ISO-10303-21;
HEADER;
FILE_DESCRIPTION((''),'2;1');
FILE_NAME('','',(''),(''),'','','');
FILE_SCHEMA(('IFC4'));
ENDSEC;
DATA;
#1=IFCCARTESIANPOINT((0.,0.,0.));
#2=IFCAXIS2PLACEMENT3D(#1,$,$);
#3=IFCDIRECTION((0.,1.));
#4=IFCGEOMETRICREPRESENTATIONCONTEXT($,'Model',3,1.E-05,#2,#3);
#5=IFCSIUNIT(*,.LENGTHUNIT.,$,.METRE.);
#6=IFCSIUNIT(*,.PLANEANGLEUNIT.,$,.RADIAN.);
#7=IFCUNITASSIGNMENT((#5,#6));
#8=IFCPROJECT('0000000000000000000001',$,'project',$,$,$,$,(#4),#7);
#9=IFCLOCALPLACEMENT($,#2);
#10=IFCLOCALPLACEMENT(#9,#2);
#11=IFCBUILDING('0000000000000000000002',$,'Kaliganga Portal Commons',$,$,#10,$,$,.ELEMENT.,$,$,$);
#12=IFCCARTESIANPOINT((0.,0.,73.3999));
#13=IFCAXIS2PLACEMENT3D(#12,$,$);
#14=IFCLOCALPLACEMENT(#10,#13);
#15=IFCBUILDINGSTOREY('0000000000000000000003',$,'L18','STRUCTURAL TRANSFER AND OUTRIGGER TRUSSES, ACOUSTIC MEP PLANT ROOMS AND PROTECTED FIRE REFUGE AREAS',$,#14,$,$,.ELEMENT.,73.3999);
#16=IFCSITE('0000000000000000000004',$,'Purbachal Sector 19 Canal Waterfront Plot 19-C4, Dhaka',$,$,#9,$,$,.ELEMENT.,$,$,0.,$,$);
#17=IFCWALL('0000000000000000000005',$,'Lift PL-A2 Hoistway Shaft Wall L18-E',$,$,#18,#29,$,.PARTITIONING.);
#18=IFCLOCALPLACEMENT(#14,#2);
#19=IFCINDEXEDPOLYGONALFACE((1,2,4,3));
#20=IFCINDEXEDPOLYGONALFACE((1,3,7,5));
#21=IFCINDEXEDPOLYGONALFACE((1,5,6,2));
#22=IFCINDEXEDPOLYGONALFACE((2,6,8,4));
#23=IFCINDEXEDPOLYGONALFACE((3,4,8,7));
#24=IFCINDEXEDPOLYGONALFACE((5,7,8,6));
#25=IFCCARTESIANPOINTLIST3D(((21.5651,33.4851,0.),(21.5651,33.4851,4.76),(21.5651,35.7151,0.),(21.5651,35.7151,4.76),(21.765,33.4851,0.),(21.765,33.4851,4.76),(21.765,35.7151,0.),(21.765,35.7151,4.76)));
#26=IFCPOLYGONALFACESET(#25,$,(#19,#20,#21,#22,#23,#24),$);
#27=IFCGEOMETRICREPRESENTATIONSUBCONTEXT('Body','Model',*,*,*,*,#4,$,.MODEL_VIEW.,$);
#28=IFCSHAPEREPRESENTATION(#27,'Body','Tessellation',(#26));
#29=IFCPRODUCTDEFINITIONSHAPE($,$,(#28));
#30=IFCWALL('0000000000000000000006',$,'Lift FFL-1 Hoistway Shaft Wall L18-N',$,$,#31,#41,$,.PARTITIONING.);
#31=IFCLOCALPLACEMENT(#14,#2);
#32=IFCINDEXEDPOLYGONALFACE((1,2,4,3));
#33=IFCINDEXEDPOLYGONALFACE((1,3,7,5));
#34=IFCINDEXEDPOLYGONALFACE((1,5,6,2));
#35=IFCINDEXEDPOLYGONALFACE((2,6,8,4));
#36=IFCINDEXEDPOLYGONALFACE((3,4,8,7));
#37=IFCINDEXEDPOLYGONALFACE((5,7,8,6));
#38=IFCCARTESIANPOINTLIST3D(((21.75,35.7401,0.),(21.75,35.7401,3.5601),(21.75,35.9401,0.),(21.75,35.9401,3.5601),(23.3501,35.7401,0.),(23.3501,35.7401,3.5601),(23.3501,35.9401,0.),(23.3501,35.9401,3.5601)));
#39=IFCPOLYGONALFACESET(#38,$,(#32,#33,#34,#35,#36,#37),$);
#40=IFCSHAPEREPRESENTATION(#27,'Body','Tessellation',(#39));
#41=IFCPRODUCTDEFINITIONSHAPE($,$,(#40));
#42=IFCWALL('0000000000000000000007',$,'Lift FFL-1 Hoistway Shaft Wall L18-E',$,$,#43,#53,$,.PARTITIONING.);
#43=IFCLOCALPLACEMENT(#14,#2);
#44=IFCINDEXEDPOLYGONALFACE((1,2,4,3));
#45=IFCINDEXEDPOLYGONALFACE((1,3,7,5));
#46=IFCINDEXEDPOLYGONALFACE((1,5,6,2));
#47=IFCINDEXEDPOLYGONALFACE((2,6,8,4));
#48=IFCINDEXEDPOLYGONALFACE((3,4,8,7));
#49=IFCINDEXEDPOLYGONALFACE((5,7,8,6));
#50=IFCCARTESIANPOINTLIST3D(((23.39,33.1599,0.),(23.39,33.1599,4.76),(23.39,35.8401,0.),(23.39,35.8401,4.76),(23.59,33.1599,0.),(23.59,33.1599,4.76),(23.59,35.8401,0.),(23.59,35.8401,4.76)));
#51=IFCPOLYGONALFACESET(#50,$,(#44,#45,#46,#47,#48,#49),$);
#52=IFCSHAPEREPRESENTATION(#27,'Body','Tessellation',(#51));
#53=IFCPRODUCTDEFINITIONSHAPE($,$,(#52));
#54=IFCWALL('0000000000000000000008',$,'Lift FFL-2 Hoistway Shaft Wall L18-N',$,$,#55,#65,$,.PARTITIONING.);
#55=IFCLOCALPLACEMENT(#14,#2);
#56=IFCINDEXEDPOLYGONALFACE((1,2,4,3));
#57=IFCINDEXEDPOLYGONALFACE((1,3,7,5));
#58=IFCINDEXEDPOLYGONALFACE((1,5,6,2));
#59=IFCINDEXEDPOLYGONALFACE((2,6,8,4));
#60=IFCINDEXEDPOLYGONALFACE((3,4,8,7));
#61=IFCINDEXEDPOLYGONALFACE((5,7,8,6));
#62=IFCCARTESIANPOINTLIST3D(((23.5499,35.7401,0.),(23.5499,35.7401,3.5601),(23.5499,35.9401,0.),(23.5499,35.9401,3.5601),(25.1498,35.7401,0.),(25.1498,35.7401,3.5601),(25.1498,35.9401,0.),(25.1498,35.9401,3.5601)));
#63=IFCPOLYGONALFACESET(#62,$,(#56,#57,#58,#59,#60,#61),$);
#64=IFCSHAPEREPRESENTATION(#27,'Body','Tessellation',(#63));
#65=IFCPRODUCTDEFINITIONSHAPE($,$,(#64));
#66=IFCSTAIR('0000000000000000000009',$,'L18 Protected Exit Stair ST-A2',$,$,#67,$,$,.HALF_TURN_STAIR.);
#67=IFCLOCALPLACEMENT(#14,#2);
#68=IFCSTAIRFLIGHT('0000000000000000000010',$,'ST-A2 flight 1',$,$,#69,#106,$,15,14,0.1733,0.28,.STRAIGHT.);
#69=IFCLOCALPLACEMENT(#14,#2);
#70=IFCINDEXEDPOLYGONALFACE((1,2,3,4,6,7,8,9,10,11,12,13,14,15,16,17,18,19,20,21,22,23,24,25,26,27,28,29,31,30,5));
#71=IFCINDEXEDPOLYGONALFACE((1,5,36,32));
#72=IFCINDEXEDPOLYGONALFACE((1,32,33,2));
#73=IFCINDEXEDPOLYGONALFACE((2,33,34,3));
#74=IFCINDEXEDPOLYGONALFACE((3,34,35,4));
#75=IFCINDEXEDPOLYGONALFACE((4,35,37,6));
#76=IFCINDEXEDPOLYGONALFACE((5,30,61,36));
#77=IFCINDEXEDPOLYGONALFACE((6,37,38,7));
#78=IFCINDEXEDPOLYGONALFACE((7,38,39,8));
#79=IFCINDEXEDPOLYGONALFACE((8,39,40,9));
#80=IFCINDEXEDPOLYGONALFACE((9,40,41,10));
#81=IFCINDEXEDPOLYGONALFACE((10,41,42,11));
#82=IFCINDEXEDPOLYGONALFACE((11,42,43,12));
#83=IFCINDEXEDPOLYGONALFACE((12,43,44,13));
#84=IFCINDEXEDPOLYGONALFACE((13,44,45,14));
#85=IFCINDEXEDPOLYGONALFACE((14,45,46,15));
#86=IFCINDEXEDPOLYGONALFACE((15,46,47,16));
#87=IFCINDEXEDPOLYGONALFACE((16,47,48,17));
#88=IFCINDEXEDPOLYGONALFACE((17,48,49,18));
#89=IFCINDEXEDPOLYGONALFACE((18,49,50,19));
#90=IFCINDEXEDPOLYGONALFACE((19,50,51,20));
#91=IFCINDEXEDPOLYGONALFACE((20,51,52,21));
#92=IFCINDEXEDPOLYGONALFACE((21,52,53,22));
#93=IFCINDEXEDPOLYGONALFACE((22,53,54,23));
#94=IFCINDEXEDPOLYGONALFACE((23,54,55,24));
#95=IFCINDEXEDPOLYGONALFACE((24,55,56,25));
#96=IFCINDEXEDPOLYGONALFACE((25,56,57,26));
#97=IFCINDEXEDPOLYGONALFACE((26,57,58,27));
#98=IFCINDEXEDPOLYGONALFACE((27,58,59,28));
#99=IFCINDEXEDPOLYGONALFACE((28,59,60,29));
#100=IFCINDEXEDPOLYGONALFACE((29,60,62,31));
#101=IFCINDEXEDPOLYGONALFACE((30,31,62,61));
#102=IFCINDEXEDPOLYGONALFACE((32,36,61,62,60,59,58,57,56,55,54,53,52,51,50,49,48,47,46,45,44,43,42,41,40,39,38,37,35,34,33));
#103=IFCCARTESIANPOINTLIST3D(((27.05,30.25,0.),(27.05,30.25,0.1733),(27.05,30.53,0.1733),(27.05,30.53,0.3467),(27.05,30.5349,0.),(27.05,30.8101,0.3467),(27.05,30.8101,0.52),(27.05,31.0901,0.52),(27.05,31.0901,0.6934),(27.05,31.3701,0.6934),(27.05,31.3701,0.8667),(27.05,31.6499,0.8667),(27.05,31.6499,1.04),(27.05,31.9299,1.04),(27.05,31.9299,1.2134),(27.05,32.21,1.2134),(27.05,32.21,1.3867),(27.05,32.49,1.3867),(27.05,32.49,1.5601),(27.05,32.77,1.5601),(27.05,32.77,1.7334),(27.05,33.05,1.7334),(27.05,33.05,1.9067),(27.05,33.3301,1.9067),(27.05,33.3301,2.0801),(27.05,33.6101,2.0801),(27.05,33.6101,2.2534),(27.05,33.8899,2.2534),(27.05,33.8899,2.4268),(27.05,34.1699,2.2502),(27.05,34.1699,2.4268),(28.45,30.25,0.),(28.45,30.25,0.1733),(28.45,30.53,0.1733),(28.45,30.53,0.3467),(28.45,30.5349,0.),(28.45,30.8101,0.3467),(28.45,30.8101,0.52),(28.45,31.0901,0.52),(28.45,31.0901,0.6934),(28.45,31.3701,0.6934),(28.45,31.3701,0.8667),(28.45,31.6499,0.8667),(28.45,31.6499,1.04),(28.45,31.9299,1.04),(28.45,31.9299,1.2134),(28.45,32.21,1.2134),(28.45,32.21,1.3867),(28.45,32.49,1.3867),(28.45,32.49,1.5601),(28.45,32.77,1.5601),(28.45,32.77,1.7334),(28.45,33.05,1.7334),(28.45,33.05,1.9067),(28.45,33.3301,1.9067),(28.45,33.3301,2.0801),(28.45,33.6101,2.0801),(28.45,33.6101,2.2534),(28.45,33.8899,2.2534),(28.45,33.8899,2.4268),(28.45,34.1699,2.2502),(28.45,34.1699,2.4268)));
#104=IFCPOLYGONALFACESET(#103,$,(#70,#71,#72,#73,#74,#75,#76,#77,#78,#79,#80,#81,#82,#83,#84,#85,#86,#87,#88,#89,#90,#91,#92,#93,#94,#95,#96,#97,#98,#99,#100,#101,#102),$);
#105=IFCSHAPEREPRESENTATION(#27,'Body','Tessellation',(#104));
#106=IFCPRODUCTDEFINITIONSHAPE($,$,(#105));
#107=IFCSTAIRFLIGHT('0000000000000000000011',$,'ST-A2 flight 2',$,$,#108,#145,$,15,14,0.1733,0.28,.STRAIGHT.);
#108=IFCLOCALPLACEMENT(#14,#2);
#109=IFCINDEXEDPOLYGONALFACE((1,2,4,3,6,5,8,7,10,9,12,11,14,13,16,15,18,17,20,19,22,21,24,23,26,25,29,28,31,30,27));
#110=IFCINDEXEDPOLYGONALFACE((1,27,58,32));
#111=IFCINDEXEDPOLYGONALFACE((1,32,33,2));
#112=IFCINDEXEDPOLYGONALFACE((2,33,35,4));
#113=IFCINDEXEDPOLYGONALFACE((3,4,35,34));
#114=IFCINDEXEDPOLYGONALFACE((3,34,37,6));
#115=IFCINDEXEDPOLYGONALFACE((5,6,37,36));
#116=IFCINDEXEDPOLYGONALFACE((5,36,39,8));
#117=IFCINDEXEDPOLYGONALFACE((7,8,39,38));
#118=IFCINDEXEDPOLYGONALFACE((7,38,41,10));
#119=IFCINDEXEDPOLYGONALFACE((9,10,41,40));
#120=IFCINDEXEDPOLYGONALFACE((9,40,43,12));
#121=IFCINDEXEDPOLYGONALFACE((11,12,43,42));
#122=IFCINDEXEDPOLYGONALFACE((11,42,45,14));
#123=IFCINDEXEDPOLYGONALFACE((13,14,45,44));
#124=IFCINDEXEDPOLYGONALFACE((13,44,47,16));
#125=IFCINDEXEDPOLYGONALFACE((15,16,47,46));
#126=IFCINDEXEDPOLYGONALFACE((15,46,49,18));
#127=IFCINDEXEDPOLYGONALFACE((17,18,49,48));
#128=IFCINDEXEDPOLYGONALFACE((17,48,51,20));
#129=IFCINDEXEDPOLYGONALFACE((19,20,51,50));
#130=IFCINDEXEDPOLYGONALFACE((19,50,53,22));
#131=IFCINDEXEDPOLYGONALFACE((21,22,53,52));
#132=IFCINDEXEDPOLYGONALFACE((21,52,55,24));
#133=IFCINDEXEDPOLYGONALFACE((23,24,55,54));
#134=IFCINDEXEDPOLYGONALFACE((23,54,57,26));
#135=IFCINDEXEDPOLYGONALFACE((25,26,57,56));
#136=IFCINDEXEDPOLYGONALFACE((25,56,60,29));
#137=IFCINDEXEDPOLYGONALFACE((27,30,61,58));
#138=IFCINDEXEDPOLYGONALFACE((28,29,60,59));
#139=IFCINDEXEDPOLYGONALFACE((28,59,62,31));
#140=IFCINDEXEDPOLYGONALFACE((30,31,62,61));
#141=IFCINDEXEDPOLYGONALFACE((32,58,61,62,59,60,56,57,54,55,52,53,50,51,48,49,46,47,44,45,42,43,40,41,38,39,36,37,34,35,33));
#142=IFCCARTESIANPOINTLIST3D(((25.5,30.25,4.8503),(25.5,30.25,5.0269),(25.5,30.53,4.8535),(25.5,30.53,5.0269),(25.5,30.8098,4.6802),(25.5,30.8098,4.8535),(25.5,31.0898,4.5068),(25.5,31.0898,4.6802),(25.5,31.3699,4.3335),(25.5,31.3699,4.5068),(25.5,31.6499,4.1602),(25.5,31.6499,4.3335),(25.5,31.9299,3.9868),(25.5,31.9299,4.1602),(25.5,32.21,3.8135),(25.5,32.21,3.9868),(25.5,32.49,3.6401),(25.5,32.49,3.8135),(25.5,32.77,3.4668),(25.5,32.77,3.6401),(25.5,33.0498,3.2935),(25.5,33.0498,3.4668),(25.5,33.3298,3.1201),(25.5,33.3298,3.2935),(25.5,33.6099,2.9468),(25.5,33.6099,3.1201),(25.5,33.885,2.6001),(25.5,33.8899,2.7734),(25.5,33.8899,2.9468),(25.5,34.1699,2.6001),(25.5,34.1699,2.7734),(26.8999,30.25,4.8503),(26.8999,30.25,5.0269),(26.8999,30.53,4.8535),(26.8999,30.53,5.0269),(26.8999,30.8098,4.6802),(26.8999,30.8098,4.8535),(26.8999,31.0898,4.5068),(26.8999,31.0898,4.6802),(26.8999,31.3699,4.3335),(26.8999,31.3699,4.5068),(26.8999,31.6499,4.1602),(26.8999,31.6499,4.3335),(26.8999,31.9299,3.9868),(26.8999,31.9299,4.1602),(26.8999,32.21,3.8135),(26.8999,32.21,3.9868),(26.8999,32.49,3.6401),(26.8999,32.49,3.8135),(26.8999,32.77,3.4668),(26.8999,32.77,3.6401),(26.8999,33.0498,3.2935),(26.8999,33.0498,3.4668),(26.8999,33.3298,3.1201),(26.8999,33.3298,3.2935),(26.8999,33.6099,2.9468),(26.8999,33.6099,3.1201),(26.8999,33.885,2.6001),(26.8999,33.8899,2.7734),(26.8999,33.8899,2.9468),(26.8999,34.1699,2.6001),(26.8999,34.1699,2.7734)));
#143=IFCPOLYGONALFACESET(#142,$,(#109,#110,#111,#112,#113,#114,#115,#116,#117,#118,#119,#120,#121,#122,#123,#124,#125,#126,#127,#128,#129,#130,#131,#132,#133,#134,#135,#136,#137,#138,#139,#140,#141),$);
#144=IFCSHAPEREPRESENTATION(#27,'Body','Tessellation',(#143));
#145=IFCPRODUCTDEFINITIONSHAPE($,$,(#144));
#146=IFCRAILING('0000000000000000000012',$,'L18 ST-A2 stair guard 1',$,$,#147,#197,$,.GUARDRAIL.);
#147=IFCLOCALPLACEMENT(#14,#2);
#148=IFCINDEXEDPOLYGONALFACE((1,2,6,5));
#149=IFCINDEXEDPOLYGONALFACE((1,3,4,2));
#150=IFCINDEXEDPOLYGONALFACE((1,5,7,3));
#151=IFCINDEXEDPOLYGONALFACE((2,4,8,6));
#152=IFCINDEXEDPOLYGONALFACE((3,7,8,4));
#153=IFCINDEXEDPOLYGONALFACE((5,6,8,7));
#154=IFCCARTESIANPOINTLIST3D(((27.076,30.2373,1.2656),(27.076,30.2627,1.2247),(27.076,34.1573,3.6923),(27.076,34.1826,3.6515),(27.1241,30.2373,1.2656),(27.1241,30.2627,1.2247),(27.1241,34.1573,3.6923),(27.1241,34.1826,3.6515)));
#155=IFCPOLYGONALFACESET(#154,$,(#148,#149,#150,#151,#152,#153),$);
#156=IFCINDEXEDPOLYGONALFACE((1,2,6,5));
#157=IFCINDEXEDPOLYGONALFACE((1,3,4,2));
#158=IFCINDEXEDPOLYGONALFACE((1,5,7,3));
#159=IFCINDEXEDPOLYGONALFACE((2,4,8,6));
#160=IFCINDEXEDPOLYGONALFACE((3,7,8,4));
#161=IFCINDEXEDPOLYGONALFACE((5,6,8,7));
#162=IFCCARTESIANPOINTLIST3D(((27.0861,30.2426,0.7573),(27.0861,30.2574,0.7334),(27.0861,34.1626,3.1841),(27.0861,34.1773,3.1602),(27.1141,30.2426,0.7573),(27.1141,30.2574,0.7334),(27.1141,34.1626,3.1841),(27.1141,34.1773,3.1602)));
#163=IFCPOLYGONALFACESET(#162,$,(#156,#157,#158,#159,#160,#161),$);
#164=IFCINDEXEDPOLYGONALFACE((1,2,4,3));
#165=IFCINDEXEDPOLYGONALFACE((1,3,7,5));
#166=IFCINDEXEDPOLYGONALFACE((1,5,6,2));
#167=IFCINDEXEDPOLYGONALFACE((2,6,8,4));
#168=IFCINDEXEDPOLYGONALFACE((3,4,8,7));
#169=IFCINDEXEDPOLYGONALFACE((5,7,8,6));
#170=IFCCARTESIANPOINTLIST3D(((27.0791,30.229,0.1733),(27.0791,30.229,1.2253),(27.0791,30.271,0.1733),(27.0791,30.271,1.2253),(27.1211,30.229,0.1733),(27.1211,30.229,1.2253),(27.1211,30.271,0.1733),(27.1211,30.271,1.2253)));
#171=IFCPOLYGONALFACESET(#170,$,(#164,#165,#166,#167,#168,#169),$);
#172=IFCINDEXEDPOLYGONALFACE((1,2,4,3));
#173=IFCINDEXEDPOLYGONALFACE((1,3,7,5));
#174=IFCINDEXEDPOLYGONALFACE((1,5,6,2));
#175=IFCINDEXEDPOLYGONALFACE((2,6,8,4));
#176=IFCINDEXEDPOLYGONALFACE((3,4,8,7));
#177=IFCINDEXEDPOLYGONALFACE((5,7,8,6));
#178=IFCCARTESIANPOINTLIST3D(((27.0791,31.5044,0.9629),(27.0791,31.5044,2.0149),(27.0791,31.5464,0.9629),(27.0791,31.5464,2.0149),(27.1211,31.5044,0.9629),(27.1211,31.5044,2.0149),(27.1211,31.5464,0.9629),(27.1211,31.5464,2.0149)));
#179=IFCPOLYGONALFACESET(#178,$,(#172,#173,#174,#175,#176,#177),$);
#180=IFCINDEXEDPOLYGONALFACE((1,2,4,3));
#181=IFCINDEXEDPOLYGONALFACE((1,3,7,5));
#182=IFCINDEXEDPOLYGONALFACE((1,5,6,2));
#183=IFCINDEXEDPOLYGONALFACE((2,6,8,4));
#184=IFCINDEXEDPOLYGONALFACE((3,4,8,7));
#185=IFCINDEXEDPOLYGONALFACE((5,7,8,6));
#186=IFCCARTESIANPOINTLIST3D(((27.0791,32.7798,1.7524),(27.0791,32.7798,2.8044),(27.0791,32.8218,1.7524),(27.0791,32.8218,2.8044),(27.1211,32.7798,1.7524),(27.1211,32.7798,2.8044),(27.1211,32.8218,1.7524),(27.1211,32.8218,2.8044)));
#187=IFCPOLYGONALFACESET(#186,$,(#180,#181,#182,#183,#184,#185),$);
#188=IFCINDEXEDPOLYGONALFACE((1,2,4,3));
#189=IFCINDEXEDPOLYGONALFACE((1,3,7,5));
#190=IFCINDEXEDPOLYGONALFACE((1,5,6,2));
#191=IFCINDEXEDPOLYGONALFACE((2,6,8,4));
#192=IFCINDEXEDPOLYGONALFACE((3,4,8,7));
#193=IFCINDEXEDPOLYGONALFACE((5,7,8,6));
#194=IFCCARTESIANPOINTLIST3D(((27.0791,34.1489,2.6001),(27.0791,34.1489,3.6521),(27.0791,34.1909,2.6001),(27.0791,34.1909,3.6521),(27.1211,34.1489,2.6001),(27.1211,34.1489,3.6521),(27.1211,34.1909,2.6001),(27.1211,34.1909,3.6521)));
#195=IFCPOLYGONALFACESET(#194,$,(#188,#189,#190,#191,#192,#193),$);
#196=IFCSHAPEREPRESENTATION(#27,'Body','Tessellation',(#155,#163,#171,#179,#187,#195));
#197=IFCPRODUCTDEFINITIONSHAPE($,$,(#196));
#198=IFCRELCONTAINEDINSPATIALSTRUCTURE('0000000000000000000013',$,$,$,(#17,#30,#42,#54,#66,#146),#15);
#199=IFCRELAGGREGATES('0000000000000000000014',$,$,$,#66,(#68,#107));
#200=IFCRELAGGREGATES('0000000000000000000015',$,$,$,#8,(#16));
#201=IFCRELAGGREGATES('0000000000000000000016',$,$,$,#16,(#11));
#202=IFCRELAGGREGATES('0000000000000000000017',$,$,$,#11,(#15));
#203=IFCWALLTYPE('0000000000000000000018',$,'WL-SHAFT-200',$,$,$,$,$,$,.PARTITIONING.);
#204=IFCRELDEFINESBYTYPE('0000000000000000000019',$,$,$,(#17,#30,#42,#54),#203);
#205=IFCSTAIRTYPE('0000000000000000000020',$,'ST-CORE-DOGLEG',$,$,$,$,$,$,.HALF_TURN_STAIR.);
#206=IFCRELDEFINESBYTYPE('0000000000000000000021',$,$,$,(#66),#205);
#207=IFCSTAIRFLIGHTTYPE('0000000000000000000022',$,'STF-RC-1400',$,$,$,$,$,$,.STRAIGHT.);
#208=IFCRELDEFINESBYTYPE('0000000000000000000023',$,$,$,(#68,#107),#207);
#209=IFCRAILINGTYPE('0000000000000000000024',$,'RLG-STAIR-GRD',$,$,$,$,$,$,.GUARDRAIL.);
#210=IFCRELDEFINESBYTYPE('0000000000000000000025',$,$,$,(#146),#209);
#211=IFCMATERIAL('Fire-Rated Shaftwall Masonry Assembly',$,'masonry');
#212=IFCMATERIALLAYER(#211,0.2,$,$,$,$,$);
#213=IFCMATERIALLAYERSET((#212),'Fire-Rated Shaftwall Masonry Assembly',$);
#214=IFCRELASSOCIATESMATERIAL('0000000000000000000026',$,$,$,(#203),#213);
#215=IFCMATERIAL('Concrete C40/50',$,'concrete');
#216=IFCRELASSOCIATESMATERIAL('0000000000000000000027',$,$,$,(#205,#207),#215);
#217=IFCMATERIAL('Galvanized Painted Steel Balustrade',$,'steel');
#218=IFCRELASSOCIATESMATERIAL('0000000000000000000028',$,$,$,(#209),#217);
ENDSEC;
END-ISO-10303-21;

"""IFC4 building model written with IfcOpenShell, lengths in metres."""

from ifc_helpers import new_model, si_unit, direction, frame, frame_2d, origin, origin_2d, place, context, subcontext, project, spatial, polyline, rectangle, outline, extrude, material, layer, layer_set, type_object, element, aggregate, save


model = new_model("IFC4")

# Units and contexts
model_context = context("Model", 3, precision=1e-05, world=origin(), true_north=direction((0.0, 1.0)))
body_context = subcontext(model_context, "Body", "Model", "MODEL_VIEW")
ifc_project = project(units=[si_unit("LENGTHUNIT", "METRE"), si_unit("PLANEANGLEUNIT", "RADIAN")], contexts=[model_context])

# Site, building, storey
site_placement = place(None, origin())
site = spatial("IfcSite", under=ifc_project, at=site_placement, Name="Purbachal Sector 19 Canal Waterfront Plot 19-C4, Dhaka", CompositionType="ELEMENT", RefElevation=0.0)
building_placement = place(site_placement, origin())
building = spatial("IfcBuilding", under=site, at=building_placement, Name="Kaliganga Portal Commons", CompositionType="ELEMENT")
storey_placement = place(building_placement, frame((0.0, 0.0, 73.3999)))
storey = spatial("IfcBuildingStorey", under=building, at=storey_placement, Name="L18", Description="STRUCTURAL TRANSFER AND OUTRIGGER TRUSSES, ACOUSTIC MEP PLANT ROOMS AND PROTECTED FIRE REFUGE AREAS", CompositionType="ELEMENT", Elevation=73.3999)

# Wall
ifc_material_1 = material(Name="Fire-Rated Shaftwall Masonry Assembly", Category="masonry")
ifc_layer_1 = layer(ifc_material_1, 0.2)
ifc_layer_set_1 = layer_set([ifc_layer_1], Name="Fire-Rated Shaftwall Masonry Assembly")
wall_type_1 = type_object("IfcWallType", Name="WL-SHAFT-200", PredefinedType="PARTITIONING", material=ifc_layer_set_1)
wall_1_placement = place(storey_placement, frame((21.665, 33.4851, 0.0), z_axis=(0.0, 0.0, 1.0), x_axis=(0.0, 1.0, 0.0)))
element("IfcWall", 1, at=wall_1_placement, inside=storey, type_object=wall_type_1, Name="Lift PL-A2 Hoistway Shaft Wall L18-E", PredefinedType="PARTITIONING", context=body_context, shape_type="SweptSolid", body=[
    extrude(rectangle(XDim=2.23, YDim=0.2, at=frame_2d((1.115, 0.0))), origin(), (0.0, 0.0, 1.0), 4.76),
])

# Walls
wall_2_placement = place(storey_placement, frame((21.75, 35.8401, 0.0), z_axis=(0.0, 0.0, 1.0), x_axis=(1.0, 0.0, 0.0)))
element("IfcWall", 2, at=wall_2_placement, inside=storey, type_object=wall_type_1, Name="Lift FFL-1 Hoistway Shaft Wall L18-N", PredefinedType="PARTITIONING", context=body_context, shape_type="SweptSolid", body=[
    extrude(rectangle(XDim=1.6001, YDim=0.2, at=frame_2d((0.8, 0.0))), origin(), (0.0, 0.0, 1.0), 3.5601),
])
wall_3_placement = place(storey_placement, frame((23.49, 33.1599, 0.0), z_axis=(0.0, 0.0, 1.0), x_axis=(0.0, 1.0, 0.0)))
element("IfcWall", 3, at=wall_3_placement, inside=storey, type_object=wall_type_1, Name="Lift FFL-1 Hoistway Shaft Wall L18-E", PredefinedType="PARTITIONING", context=body_context, shape_type="SweptSolid", body=[
    extrude(rectangle(XDim=2.6802, YDim=0.2, at=frame_2d((1.3401, 0.0))), origin(), (0.0, 0.0, 1.0), 4.76),
])

# Wall
wall_4_placement = place(storey_placement, frame((23.55, 35.8401, 0.0), z_axis=(0.0, 0.0, 1.0), x_axis=(1.0, 0.0, 0.0)))
element("IfcWall", 4, at=wall_4_placement, inside=storey, type_object=wall_type_1, Name="Lift FFL-2 Hoistway Shaft Wall L18-N", PredefinedType="PARTITIONING", context=body_context, shape_type="SweptSolid", body=[
    extrude(rectangle(XDim=1.5999, YDim=0.2, at=frame_2d((0.7998, 0.0))), origin(), (0.0, 0.0, 1.0), 3.5601),
])

# Stair, stair flights
ifc_material_2 = material(Name="Concrete C40/50", Category="concrete")
stair_type = type_object("IfcStairType", Name="ST-CORE-DOGLEG", PredefinedType="HALF_TURN_STAIR", material=ifc_material_2)
stair_placement = place(storey_placement, origin())
stair = element("IfcStair", 5, at=stair_placement, inside=storey, type_object=stair_type, Name="L18 Protected Exit Stair ST-A2", PredefinedType="HALF_TURN_STAIR")
stair_flight_type = type_object("IfcStairFlightType", Name="STF-RC-1400", PredefinedType="STRAIGHT", material=ifc_material_2)
stair_flight_1_placement = place(storey_placement, frame((27.75, 30.25, 0.0), z_axis=(0.0, 0.0, 1.0), x_axis=(0.0, 1.0, 0.0)))
stair_flight_1 = element("IfcStairFlight", 6, at=stair_flight_1_placement, type_object=stair_flight_type, Name="ST-A2 flight 1", NumberOfRisers=15, NumberOfTreads=14, PredefinedType="STRAIGHT", RiserHeight=0.1733, TreadLength=0.28, context=body_context, shape_type="SweptSolid", body=[
    extrude(outline(polyline([(0.0, 0.0), (0.0, 0.1733), (0.28, 0.1733), (0.28, 0.3467), (0.5601, 0.3467), (0.5601, 0.52), (0.8401, 0.52), (0.8401, 0.6934), (1.1201, 0.6934), (1.1201, 0.8667), (1.3999, 0.8667), (1.3999, 1.04), (1.6799, 1.04), (1.6799, 1.2134), (1.96, 1.2134), (1.96, 1.3867), (2.24, 1.3867), (2.24, 1.5601), (2.52, 1.5601), (2.52, 1.7334), (2.8, 1.7334), (2.8, 1.9067), (3.0801, 1.9067), (3.0801, 2.0801), (3.3601, 2.0801), (3.3601, 2.2534), (3.6399, 2.2534), (3.6399, 2.4268), (3.9199, 2.4268), (3.9199, 2.6001), (3.9199, 2.2502), (0.2849, 0.0), (0.0, 0.0)])), frame((0.0, 0.7, 0.0), z_axis=(0.0, -1.0, 0.0), x_axis=(1.0, 0.0, 0.0)), (0.0, 0.0, 1.0), 1.3999),
])
stair_flight_2_placement = place(storey_placement, frame((26.2, 34.1699, 2.6001), z_axis=(0.0, 0.0, 1.0), x_axis=(0.0, -1.0, 0.0)))
stair_flight_2 = element("IfcStairFlight", 7, at=stair_flight_2_placement, type_object=stair_flight_type, Name="ST-A2 flight 2", NumberOfRisers=15, NumberOfTreads=14, PredefinedType="STRAIGHT", RiserHeight=0.1733, TreadLength=0.28, context=body_context, shape_type="SweptSolid", body=[
    extrude(outline(polyline([(0.0, 0.0), (0.0, 0.1733), (0.28, 0.1733), (0.28, 0.3467), (0.5601, 0.3467), (0.5601, 0.52), (0.8401, 0.52), (0.8401, 0.6934), (1.1201, 0.6934), (1.1201, 0.8667), (1.3999, 0.8667), (1.3999, 1.04), (1.6799, 1.04), (1.6799, 1.2134), (1.96, 1.2134), (1.96, 1.3867), (2.24, 1.3867), (2.24, 1.5601), (2.52, 1.5601), (2.52, 1.7334), (2.8, 1.7334), (2.8, 1.9067), (3.0801, 1.9067), (3.0801, 2.0801), (3.3601, 2.0801), (3.3601, 2.2534), (3.6399, 2.2534), (3.6399, 2.4268), (3.9199, 2.4268), (3.9199, 2.6001), (3.9199, 2.2502), (0.2849, 0.0), (0.0, 0.0)])), frame((0.0, 0.7, 0.0), z_axis=(0.0, -1.0, 0.0), x_axis=(1.0, 0.0, 0.0)), (0.0, 0.0, 1.0), 1.3999),
])
aggregate(stair, [stair_flight_1, stair_flight_2])

# Railing
ifc_material_3 = material(Name="Galvanized Painted Steel Balustrade", Category="steel")
railing_type_1 = type_object("IfcRailingType", Name="RLG-STAIR-GRD", PredefinedType="GUARDRAIL", material=ifc_material_3)
railing_1_placement = place(storey_placement, frame((27.1001, 30.25, 0.1733)))
element("IfcRailing", 8, at=railing_1_placement, inside=storey, type_object=railing_type_1, Name="L18 ST-A2 stair guard 1", PredefinedType="GUARDRAIL", context=body_context, shape_type="SweptSolid", body=[
    extrude(rectangle(XDim=0.0481, YDim=0.0481, at=origin_2d()), frame((0.0, 0.0, 1.0718), z_axis=(0.0, 0.850252, 0.526376), x_axis=(-1.0, 0.0, 0.0)), (0.0, 0.0, 1.0), 4.6104),
    extrude(rectangle(XDim=0.0281, YDim=0.0281, at=origin_2d()), frame((0.0, 0.0, 0.572), z_axis=(0.0, 0.850252, 0.526376), x_axis=(-1.0, 0.0, 0.0)), (0.0, 0.0, 1.0), 4.6104),
    extrude(rectangle(XDim=0.042, YDim=0.042, at=origin_2d()), origin(), (0.0, 0.0, 1.0), 1.052),
    extrude(rectangle(XDim=0.042, YDim=0.042, at=origin_2d()), frame((0.0, 1.2754, 0.7896)), (0.0, 0.0, 1.0), 1.052),
    extrude(rectangle(XDim=0.042, YDim=0.042, at=origin_2d()), frame((0.0, 2.5508, 1.5791)), (0.0, 0.0, 1.0), 1.052),
    extrude(rectangle(XDim=0.042, YDim=0.042, at=origin_2d()), frame((0.0, 3.9199, 2.4268)), (0.0, 0.0, 1.0), 1.052),
])

save(model, "model.ifc")
